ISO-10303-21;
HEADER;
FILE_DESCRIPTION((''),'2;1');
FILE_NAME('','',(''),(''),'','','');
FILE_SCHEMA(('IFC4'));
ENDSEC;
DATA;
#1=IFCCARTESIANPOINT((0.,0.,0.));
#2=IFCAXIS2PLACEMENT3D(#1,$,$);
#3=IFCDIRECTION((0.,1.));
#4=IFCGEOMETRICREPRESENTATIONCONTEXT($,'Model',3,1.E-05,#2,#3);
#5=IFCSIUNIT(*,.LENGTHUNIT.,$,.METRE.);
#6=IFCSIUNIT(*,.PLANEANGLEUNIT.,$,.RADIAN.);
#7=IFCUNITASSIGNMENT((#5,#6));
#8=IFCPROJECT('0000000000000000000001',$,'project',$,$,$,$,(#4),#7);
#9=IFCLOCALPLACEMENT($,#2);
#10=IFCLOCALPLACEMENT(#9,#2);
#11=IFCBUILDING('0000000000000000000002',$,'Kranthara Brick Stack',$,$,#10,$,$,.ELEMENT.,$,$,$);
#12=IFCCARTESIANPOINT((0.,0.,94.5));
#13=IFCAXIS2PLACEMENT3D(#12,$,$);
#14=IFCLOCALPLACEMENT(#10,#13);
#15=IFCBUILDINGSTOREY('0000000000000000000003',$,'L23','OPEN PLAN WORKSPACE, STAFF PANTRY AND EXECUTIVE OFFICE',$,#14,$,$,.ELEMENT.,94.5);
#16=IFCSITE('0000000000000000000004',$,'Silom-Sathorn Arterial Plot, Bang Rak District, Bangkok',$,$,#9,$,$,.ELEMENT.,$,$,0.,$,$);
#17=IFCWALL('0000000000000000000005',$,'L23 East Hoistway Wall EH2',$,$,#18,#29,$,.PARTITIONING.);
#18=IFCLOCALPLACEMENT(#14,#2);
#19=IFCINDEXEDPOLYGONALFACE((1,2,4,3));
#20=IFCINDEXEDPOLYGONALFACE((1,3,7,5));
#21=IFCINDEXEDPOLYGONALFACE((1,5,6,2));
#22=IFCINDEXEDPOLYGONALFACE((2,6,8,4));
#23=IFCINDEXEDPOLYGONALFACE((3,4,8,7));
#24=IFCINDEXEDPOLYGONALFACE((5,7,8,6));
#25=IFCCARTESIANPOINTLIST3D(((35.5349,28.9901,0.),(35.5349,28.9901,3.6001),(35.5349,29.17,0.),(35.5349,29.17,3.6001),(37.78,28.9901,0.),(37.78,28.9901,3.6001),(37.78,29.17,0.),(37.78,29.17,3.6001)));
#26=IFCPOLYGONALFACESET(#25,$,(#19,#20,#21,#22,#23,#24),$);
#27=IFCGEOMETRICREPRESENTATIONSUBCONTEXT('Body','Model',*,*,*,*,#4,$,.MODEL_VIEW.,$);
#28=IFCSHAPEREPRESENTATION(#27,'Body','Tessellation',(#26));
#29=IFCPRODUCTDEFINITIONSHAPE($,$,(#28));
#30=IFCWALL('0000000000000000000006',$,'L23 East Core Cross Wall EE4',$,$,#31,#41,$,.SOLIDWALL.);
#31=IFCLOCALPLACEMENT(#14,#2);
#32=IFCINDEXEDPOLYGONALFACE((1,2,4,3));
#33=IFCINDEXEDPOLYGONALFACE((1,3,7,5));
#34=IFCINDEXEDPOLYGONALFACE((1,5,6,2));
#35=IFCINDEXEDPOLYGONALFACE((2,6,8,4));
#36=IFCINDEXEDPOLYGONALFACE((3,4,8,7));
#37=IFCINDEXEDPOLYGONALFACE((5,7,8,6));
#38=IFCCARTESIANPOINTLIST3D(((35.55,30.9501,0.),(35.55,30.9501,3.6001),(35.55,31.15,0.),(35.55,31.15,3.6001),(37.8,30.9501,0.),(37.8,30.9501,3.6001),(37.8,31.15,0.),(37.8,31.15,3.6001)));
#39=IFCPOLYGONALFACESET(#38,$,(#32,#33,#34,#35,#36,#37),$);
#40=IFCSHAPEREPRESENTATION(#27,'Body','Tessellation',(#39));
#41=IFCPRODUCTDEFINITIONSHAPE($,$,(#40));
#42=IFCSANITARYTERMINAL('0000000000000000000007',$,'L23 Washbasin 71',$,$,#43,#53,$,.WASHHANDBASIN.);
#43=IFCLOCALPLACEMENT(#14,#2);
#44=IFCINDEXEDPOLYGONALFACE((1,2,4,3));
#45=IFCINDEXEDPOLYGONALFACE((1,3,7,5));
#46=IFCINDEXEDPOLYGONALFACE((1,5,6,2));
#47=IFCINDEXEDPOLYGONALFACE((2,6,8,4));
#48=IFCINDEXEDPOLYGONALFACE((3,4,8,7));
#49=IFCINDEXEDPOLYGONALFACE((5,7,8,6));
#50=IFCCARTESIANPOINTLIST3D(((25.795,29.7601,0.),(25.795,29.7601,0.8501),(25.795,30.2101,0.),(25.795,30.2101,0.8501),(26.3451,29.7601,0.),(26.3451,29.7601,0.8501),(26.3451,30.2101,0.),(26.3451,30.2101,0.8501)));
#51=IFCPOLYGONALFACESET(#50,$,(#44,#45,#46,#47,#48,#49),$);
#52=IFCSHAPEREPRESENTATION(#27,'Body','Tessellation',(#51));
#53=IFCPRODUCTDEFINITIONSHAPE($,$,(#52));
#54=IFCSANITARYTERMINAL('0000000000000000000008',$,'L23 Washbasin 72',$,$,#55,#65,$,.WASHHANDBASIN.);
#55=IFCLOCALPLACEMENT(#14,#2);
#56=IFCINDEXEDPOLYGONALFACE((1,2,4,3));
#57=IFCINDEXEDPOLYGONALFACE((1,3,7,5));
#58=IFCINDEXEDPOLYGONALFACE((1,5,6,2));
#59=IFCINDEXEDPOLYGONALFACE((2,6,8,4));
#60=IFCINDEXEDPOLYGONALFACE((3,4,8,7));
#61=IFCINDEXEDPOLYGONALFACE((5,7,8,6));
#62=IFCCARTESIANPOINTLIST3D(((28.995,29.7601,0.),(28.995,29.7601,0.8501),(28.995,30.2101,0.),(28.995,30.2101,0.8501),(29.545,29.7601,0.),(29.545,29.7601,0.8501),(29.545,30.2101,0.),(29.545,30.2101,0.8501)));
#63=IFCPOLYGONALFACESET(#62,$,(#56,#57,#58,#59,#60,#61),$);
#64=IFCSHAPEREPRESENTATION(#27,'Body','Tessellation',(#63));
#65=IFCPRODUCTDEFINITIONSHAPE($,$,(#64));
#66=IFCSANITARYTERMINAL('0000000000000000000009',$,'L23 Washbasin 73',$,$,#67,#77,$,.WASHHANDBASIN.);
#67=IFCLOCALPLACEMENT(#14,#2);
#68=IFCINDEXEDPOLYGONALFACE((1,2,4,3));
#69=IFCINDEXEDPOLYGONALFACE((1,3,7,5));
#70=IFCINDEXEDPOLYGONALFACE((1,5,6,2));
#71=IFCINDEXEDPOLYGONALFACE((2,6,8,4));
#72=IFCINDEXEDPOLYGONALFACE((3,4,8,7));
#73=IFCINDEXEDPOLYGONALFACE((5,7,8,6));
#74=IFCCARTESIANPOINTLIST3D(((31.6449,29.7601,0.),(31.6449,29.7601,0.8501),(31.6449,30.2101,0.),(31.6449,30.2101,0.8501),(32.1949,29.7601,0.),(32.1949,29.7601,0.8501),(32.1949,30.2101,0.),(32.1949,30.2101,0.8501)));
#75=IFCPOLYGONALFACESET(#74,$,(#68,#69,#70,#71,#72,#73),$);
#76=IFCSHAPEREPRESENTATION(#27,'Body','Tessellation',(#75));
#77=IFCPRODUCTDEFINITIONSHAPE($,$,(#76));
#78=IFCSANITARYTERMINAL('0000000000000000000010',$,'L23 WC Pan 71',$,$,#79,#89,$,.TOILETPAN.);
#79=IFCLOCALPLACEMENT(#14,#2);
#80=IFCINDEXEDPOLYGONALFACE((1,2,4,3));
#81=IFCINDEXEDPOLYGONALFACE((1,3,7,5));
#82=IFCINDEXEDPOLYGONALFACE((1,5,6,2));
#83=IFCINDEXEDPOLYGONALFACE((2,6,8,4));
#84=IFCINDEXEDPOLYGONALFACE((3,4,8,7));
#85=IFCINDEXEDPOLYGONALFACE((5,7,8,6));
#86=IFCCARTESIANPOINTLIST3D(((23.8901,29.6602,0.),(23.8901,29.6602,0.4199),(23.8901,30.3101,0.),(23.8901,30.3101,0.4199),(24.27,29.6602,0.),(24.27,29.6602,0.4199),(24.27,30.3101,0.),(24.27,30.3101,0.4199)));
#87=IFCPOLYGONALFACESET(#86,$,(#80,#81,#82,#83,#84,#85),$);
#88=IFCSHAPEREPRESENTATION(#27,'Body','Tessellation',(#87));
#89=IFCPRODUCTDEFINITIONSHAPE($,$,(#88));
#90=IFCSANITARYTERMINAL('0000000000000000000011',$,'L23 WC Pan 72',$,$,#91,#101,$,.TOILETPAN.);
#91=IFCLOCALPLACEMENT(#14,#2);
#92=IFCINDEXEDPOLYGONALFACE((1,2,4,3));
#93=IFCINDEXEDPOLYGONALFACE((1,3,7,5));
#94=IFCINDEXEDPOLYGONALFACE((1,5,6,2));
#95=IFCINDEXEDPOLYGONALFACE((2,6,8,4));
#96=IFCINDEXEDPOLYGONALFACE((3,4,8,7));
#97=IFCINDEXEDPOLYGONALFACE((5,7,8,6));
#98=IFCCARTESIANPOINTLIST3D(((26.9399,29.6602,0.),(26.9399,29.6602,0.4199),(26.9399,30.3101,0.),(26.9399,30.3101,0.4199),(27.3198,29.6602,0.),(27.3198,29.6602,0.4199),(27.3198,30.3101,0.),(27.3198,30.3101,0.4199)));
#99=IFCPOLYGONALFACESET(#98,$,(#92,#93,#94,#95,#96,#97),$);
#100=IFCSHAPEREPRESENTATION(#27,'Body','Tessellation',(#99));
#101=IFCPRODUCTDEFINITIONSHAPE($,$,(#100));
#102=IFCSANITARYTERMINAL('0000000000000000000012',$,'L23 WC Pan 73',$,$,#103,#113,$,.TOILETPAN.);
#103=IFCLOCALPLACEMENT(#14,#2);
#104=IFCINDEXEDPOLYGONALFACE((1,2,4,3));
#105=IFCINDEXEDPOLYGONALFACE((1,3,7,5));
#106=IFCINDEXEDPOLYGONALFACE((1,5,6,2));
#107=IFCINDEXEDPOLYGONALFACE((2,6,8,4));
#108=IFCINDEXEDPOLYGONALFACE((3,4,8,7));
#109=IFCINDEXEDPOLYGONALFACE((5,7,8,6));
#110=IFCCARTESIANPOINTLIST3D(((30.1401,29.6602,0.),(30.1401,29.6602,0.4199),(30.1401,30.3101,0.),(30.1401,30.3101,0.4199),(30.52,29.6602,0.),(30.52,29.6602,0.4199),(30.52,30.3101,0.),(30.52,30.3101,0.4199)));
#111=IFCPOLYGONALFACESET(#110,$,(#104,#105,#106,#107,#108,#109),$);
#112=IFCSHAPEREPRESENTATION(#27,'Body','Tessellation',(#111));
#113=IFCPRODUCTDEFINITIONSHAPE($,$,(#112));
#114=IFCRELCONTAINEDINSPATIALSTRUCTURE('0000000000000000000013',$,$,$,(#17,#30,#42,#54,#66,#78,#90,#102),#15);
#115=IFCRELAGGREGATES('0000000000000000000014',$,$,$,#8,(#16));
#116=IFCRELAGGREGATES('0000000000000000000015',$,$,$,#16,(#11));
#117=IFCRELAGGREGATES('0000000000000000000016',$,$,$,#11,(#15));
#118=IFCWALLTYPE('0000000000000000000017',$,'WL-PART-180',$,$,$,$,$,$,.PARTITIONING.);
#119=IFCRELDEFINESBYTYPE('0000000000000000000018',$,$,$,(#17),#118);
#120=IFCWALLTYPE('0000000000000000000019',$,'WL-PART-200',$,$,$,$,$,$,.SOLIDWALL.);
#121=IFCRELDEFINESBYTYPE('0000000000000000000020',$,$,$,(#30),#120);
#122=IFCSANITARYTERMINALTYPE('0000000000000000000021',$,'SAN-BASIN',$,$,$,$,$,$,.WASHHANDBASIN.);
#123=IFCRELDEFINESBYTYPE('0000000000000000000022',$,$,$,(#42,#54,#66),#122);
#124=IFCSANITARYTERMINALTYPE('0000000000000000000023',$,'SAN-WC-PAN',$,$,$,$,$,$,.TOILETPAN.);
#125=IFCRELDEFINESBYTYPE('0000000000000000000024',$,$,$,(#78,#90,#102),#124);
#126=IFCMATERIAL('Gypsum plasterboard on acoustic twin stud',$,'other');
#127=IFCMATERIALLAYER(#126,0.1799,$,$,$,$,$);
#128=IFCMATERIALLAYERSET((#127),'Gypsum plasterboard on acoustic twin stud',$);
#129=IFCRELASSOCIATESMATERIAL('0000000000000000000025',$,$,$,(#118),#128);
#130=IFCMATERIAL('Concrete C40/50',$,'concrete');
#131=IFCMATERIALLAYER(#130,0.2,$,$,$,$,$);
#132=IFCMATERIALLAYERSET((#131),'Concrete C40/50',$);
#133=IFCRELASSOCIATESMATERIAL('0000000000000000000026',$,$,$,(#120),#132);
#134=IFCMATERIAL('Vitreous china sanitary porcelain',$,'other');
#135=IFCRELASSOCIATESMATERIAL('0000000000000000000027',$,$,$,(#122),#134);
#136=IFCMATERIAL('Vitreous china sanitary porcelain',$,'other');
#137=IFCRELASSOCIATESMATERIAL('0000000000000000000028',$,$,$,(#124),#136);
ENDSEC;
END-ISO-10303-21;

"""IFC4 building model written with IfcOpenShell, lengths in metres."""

from ifc_helpers import new_model, si_unit, direction, frame, frame_2d, origin, origin_2d, place, context, subcontext, project, spatial, rectangle, extrude, material, layer, layer_set, type_object, element, save


model = new_model("IFC4")

# Units and contexts
model_context = context("Model", 3, precision=1e-05, world=origin(), true_north=direction((0.0, 1.0)))
body_context = subcontext(model_context, "Body", "Model", "MODEL_VIEW")
ifc_project = project(units=[si_unit("LENGTHUNIT", "METRE"), si_unit("PLANEANGLEUNIT", "RADIAN")], contexts=[model_context])

# Site, building, storey
site_placement = place(None, origin())
site = spatial("IfcSite", under=ifc_project, at=site_placement, Name="Silom-Sathorn Arterial Plot, Bang Rak District, Bangkok", CompositionType="ELEMENT", RefElevation=0.0)
building_placement = place(site_placement, origin())
building = spatial("IfcBuilding", under=site, at=building_placement, Name="Kranthara Brick Stack", CompositionType="ELEMENT")
storey_placement = place(building_placement, frame((0.0, 0.0, 94.5)))
storey = spatial("IfcBuildingStorey", under=building, at=storey_placement, Name="L23", Description="OPEN PLAN WORKSPACE, STAFF PANTRY AND EXECUTIVE OFFICE", CompositionType="ELEMENT", Elevation=94.5)

# Walls
ifc_material_1 = material(Name="Gypsum plasterboard on acoustic twin stud", Category="other")
ifc_layer_1 = layer(ifc_material_1, 0.1799)
ifc_layer_set_1 = layer_set([ifc_layer_1], Name="Gypsum plasterboard on acoustic twin stud")
wall_type_1 = type_object("IfcWallType", Name="WL-PART-180", PredefinedType="PARTITIONING", material=ifc_layer_set_1)
for number, where, z_axis, x_axis, name in (
    (1, (35.5349, 29.0801, 0.0), (0.0, 0.0, 1.0), (1.0, 0.0, 0.0), "L23 East Hoistway Wall EH2"),
):
    element("IfcWall", number, at=place(storey_placement, frame(where, z_axis=z_axis, x_axis=x_axis)), inside=storey, type_object=wall_type_1, Name=name, PredefinedType="PARTITIONING", context=body_context, shape_type="SweptSolid", body=[
        extrude(rectangle(XDim=2.2451, YDim=0.1799, at=frame_2d((1.1226, 0.0))), origin(), (0.0, 0.0, 1.0), 3.6001),
    ])
ifc_material_2 = material(Name="Concrete C40/50", Category="concrete")
ifc_layer_2 = layer(ifc_material_2, 0.2)
ifc_layer_set_2 = layer_set([ifc_layer_2], Name="Concrete C40/50")
wall_type_2 = type_object("IfcWallType", Name="WL-PART-200", PredefinedType="SOLIDWALL", material=ifc_layer_set_2)
wall_1_placement = place(storey_placement, frame((35.55, 31.05, 0.0), z_axis=(0.0, 0.0, 1.0), x_axis=(1.0, 0.0, 0.0)))
element("IfcWall", 2, at=wall_1_placement, inside=storey, type_object=wall_type_2, Name="L23 East Core Cross Wall EE4", PredefinedType="SOLIDWALL", context=body_context, shape_type="SweptSolid", body=[
    extrude(rectangle(XDim=2.25, YDim=0.2, at=frame_2d((1.125, 0.0))), origin(), (0.0, 0.0, 1.0), 3.6001),
])

# Sanitary terminals
ifc_material_3 = material(Name="Vitreous china sanitary porcelain", Category="other")
sanitary_terminal_type_1 = type_object("IfcSanitaryTerminalType", Name="SAN-BASIN", PredefinedType="WASHHANDBASIN", material=ifc_material_3)
for number, where, z_axis, x_axis, name in (
    (3, (26.0701, 29.9851, 0.0), (0.0, 0.0, 1.0), (1.0, 0.0, 0.0), "L23 Washbasin 71"),
    (4, (29.27, 29.9851, 0.0), (0.0, 0.0, 1.0), (1.0, 0.0, 0.0), "L23 Washbasin 72"),
    (5, (31.9199, 29.9851, 0.0), (0.0, 0.0, 1.0), (1.0, 0.0, 0.0), "L23 Washbasin 73"),
):
    element("IfcSanitaryTerminal", number, at=place(storey_placement, frame(where, z_axis=z_axis, x_axis=x_axis)), inside=storey, type_object=sanitary_terminal_type_1, Name=name, PredefinedType="WASHHANDBASIN", context=body_context, shape_type="SweptSolid", body=[
        extrude(rectangle(XDim=0.55, YDim=0.45, at=origin_2d()), origin(), (0.0, 0.0, 1.0), 0.8501),
    ])
ifc_material_4 = material(Name="Vitreous china sanitary porcelain", Category="other")
sanitary_terminal_type_2 = type_object("IfcSanitaryTerminalType", Name="SAN-WC-PAN", PredefinedType="TOILETPAN", material=ifc_material_4)
for number, where, z_axis, x_axis, name in (
    (6, (24.0801, 29.9851, 0.0), (0.0, 0.0, 1.0), (1.0, 0.0, 0.0), "L23 WC Pan 71"),
    (7, (27.1299, 29.9851, 0.0), (0.0, 0.0, 1.0), (1.0, 0.0, 0.0), "L23 WC Pan 72"),
    (8, (30.3301, 29.9851, 0.0), (0.0, 0.0, 1.0), (1.0, 0.0, 0.0), "L23 WC Pan 73"),
):
    element("IfcSanitaryTerminal", number, at=place(storey_placement, frame(where, z_axis=z_axis, x_axis=x_axis)), inside=storey, type_object=sanitary_terminal_type_2, Name=name, PredefinedType="TOILETPAN", context=body_context, shape_type="SweptSolid", body=[
        extrude(rectangle(XDim=0.3799, YDim=0.6499, at=origin_2d()), origin(), (0.0, 0.0, 1.0), 0.4199),
    ])

save(model, "model.ifc")
